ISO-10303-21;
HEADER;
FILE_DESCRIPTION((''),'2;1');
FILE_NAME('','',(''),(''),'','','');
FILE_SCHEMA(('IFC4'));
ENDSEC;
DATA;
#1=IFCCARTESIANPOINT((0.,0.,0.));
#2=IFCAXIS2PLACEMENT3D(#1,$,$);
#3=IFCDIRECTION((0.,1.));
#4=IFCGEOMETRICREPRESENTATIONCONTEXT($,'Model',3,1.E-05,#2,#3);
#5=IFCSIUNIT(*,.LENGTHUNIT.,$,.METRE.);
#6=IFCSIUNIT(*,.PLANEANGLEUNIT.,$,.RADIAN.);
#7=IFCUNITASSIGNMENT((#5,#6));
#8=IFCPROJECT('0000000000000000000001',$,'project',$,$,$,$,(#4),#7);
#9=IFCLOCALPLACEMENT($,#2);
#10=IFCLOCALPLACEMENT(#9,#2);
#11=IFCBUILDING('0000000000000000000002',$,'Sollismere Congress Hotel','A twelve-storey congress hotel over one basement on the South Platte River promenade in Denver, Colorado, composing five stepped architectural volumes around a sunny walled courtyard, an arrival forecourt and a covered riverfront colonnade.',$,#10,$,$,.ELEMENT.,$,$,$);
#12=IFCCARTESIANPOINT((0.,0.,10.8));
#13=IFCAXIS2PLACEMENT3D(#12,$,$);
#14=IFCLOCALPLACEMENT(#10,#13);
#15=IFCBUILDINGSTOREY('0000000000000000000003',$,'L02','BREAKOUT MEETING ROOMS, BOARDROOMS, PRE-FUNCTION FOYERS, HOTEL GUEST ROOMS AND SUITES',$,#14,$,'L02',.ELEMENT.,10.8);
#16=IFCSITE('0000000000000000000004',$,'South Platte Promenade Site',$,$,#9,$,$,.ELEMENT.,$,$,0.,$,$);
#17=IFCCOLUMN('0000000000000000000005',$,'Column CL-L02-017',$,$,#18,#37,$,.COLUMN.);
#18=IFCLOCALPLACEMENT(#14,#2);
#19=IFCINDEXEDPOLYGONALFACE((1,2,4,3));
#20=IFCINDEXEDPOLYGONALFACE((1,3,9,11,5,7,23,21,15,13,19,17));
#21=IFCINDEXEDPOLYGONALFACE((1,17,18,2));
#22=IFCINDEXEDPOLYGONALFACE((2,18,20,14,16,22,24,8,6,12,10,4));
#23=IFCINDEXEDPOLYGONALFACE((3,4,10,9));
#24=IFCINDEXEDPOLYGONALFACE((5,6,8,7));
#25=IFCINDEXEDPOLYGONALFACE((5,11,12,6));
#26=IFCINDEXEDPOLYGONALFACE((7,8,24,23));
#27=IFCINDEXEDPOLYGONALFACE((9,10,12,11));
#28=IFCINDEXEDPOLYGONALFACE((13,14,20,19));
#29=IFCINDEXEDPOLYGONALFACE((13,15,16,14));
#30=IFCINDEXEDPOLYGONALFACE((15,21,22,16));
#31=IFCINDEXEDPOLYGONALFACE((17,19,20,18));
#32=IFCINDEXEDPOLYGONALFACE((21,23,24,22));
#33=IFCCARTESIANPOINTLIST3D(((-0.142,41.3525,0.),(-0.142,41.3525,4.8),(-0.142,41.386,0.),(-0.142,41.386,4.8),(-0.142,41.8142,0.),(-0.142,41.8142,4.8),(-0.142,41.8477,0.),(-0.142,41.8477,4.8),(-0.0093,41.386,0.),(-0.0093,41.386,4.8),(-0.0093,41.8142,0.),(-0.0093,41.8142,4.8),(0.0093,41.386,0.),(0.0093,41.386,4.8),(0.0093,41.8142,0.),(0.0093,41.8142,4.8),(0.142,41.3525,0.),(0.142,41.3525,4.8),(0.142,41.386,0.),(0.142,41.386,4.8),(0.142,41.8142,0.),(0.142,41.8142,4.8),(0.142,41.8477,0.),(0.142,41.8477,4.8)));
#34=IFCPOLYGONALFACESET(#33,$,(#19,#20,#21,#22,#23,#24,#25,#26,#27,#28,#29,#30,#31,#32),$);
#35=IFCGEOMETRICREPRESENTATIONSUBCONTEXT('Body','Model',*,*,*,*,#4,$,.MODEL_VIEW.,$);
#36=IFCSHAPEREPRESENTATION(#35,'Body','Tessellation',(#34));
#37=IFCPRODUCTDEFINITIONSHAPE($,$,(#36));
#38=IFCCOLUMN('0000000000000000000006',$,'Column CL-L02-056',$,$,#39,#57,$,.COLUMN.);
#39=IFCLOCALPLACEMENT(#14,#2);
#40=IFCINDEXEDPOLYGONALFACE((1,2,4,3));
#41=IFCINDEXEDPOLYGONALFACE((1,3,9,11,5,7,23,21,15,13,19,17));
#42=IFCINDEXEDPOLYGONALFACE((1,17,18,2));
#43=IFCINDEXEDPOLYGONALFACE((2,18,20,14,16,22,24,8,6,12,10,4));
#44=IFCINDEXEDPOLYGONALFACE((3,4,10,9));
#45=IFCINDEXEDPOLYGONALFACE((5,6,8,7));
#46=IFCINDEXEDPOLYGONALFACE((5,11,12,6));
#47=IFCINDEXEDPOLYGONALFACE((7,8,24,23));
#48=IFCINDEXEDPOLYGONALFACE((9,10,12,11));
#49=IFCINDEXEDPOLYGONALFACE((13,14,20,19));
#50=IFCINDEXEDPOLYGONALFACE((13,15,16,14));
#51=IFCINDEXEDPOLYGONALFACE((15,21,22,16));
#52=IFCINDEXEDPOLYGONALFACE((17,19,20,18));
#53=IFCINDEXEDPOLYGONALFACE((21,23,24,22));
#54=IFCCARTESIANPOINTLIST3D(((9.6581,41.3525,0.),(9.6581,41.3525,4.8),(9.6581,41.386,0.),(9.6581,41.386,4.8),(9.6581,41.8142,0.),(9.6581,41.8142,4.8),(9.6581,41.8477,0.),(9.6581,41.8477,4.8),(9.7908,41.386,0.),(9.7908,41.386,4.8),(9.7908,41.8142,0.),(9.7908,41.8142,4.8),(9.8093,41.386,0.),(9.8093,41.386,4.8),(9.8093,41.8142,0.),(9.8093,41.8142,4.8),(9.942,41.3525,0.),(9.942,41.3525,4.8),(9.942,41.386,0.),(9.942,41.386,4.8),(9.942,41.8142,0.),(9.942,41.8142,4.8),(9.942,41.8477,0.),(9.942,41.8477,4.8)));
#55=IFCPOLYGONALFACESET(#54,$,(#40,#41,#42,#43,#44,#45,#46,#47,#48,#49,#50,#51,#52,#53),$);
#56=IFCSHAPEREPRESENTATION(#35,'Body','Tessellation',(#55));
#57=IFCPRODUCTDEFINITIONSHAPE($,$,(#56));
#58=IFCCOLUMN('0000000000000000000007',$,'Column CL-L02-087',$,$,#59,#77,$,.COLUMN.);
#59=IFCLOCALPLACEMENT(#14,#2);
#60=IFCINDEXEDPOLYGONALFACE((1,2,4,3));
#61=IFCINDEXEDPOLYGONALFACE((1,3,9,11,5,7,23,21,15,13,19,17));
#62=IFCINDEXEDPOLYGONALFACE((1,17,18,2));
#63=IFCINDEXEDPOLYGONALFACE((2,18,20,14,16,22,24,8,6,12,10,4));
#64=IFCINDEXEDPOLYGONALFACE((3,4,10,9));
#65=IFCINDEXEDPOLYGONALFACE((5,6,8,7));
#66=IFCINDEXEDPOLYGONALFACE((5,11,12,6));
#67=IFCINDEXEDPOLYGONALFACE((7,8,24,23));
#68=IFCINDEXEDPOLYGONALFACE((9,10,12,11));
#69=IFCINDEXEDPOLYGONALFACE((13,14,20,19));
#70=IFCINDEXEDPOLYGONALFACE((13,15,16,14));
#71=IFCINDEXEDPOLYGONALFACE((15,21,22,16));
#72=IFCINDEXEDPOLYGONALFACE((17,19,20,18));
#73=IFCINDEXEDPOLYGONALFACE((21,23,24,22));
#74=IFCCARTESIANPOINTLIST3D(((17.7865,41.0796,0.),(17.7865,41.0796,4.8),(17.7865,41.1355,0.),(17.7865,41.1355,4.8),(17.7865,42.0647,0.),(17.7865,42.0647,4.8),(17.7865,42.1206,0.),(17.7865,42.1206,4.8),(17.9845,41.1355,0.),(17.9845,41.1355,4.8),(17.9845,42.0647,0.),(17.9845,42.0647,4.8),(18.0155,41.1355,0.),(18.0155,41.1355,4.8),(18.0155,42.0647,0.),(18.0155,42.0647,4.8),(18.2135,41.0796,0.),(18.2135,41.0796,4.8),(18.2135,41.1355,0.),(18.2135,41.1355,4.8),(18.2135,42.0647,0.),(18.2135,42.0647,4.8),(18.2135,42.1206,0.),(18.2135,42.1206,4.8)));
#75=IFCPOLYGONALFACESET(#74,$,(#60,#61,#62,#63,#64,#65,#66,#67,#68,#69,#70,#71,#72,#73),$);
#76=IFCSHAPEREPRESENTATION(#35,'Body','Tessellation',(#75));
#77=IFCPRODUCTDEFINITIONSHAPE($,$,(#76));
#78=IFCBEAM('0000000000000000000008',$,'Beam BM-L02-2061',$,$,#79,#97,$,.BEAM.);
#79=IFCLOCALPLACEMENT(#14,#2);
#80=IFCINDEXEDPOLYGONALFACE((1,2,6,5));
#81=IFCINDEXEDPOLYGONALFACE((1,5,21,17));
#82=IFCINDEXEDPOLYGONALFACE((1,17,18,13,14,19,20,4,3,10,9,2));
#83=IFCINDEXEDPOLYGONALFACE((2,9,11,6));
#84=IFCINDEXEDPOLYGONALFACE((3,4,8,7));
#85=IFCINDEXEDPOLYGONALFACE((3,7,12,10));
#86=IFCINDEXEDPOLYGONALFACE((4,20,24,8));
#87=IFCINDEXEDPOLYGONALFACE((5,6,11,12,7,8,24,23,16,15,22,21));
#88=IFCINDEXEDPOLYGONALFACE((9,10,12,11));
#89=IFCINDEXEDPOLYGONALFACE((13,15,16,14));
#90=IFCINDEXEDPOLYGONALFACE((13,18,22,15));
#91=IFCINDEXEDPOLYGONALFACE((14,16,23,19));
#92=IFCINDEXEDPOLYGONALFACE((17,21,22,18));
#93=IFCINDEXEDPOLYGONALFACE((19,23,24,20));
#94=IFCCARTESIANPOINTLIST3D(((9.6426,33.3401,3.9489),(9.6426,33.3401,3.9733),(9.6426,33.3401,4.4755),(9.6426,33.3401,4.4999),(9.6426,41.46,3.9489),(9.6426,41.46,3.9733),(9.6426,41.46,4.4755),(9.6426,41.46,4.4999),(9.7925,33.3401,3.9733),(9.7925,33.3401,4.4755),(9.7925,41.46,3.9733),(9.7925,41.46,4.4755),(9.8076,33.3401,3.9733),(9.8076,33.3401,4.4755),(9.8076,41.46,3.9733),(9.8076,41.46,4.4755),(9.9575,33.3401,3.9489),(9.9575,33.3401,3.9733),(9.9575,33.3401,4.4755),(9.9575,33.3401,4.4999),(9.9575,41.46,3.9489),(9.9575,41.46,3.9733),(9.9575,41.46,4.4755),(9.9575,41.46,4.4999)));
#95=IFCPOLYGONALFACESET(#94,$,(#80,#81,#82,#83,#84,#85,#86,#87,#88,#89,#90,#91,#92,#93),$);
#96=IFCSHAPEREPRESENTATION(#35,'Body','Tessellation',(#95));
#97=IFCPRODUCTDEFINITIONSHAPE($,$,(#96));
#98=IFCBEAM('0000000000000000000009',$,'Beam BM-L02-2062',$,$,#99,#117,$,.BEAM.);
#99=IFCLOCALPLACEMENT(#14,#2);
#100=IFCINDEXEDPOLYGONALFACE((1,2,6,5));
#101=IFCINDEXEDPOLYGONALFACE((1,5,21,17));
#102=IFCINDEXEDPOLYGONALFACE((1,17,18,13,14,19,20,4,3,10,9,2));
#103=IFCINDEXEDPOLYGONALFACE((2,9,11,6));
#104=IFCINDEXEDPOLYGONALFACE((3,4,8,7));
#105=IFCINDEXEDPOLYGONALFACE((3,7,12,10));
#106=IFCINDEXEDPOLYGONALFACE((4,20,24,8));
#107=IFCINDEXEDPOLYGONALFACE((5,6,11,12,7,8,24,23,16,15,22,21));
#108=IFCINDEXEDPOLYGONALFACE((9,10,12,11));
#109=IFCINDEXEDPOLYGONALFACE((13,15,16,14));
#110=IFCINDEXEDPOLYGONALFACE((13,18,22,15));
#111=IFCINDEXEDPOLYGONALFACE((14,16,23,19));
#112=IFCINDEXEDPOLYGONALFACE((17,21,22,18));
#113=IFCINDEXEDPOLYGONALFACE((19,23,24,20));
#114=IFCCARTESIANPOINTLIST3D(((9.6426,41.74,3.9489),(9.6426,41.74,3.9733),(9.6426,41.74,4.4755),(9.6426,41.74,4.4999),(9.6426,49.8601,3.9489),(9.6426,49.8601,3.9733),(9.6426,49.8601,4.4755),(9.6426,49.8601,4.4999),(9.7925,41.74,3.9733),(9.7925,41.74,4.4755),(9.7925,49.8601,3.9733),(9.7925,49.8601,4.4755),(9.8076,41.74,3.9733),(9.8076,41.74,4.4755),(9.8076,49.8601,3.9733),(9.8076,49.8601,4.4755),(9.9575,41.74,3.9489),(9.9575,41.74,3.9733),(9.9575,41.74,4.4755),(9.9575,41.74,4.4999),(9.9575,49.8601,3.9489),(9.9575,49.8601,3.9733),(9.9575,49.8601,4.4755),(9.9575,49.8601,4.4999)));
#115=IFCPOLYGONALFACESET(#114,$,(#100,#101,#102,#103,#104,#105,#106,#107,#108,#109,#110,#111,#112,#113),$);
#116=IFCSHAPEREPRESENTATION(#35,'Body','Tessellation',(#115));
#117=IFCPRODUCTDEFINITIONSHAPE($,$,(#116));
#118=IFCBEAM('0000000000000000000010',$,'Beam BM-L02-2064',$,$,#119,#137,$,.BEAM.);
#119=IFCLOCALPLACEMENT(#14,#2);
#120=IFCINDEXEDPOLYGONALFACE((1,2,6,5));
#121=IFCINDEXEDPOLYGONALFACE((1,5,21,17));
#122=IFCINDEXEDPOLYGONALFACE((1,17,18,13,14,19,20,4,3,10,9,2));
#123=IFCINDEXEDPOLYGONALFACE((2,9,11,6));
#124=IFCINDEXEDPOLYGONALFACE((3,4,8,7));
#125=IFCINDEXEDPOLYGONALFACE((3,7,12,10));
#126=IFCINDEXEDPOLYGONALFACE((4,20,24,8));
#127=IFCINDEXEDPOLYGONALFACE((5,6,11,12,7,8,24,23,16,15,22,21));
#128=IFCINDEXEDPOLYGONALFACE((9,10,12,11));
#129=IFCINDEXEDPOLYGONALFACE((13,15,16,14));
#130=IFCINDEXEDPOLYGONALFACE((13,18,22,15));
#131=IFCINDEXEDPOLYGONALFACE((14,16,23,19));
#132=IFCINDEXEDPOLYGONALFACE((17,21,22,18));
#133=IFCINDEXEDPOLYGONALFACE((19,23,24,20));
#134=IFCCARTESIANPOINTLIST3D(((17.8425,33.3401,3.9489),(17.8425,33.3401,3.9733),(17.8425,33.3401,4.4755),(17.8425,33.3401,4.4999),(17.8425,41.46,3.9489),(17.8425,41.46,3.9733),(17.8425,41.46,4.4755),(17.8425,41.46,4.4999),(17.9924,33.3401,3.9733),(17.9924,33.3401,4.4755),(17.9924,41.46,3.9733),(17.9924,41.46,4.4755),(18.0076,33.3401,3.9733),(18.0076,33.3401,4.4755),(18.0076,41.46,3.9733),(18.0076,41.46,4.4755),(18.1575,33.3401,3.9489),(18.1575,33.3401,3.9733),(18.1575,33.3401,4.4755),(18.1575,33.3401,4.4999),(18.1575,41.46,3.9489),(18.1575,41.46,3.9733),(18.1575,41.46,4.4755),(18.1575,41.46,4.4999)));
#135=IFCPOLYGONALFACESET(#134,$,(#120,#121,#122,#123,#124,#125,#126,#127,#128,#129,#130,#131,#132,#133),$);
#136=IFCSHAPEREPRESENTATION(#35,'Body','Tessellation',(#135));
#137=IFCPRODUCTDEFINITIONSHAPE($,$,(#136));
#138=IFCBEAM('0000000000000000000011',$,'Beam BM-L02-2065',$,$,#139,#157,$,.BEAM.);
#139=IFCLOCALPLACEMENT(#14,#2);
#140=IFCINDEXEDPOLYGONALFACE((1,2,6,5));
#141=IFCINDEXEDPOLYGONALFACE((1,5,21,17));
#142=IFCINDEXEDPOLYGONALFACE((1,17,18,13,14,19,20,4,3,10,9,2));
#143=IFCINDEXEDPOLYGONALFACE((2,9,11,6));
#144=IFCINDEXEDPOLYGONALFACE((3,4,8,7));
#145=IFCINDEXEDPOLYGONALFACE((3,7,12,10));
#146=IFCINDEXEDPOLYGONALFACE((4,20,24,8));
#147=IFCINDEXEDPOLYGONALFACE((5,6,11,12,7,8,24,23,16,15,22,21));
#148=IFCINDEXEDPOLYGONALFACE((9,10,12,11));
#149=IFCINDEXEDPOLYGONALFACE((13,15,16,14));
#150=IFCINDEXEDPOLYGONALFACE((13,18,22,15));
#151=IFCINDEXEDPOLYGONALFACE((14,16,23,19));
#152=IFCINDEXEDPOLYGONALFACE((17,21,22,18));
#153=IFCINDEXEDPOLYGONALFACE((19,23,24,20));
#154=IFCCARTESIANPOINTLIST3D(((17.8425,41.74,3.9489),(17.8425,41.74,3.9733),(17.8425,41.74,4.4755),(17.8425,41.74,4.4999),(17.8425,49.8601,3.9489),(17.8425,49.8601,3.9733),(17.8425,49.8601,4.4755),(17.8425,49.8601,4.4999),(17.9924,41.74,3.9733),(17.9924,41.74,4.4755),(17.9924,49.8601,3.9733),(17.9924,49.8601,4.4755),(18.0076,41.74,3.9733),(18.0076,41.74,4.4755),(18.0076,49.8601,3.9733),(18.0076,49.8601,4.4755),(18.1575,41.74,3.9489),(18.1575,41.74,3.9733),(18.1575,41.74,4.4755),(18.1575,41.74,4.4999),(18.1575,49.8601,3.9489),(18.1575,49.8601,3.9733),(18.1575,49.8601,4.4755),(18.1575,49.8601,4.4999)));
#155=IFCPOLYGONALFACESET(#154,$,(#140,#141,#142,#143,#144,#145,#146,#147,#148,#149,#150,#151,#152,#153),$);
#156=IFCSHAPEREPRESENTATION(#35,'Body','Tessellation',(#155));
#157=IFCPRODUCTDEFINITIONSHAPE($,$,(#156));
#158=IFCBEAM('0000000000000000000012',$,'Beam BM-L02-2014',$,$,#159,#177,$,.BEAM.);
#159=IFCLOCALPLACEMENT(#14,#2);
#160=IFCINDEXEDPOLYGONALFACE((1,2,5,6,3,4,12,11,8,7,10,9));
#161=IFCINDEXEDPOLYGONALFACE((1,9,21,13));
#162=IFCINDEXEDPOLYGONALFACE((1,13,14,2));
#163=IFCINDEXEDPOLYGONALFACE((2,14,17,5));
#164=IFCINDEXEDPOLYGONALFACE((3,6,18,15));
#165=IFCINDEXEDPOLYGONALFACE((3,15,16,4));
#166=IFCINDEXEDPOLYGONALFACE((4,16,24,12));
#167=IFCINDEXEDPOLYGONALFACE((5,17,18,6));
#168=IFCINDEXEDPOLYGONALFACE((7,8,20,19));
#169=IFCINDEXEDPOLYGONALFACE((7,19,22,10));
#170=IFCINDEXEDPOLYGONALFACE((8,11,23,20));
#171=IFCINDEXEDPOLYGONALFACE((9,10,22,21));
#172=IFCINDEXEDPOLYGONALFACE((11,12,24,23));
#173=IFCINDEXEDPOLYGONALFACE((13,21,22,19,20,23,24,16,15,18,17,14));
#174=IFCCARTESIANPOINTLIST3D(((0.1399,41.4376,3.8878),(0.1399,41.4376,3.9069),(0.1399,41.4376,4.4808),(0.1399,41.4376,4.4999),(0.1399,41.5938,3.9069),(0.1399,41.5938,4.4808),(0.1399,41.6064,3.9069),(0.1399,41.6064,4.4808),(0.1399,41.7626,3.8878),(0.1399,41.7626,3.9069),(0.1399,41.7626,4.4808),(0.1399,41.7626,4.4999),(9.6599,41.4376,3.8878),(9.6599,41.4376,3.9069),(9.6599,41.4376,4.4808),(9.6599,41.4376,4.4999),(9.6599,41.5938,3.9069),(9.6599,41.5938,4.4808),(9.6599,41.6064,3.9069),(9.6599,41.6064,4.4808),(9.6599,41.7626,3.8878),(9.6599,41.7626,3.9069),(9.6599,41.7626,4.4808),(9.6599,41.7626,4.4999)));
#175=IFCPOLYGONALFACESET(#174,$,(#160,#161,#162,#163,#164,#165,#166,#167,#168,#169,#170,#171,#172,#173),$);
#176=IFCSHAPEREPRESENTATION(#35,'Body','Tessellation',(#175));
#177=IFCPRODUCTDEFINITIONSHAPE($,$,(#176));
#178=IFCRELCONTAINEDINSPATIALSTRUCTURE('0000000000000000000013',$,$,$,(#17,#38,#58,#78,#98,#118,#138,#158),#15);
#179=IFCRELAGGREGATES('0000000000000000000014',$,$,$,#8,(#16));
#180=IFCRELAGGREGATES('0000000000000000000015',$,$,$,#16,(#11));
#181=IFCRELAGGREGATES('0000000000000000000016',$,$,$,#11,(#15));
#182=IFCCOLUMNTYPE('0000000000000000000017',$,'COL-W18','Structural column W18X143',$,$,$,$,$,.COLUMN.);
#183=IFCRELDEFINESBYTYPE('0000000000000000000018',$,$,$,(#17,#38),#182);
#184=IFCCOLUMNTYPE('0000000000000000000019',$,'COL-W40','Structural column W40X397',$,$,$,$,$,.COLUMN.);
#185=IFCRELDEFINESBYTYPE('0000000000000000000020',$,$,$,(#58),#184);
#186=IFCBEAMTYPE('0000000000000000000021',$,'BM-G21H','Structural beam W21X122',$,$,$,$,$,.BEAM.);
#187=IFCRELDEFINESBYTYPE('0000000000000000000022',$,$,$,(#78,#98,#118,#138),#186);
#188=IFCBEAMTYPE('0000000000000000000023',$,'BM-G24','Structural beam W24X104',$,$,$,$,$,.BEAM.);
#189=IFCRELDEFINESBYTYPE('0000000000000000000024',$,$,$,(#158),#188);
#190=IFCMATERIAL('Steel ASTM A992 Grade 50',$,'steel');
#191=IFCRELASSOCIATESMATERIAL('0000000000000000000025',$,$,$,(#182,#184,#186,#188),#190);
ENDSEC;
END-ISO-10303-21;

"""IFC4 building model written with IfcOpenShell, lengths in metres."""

from ifc_helpers import new_model, si_unit, direction, frame, origin, origin_2d, place, context, subcontext, project, spatial, i_section, extrude, material, material_profile, profile_set, type_object, element, save


model = new_model("IFC4")

# Units and contexts
model_context = context("Model", 3, precision=1e-05, world=origin(), true_north=direction((0.0, 1.0)))
body_context = subcontext(model_context, "Body", "Model", "MODEL_VIEW")
ifc_project = project(units=[si_unit("LENGTHUNIT", "METRE"), si_unit("PLANEANGLEUNIT", "RADIAN")], contexts=[model_context])

# Site, building, storey
site_placement = place(None, origin())
site = spatial("IfcSite", under=ifc_project, at=site_placement, Name="South Platte Promenade Site", CompositionType="ELEMENT", RefElevation=0.0)
building_placement = place(site_placement, origin())
building = spatial("IfcBuilding", under=site, at=building_placement, Name="Sollismere Congress Hotel", Description="A twelve-storey congress hotel over one basement on the South Platte River promenade in Denver, Colorado, composing five stepped architectural volumes around a sunny walled courtyard, an arrival forecourt and a covered riverfront colonnade.", CompositionType="ELEMENT")
storey_placement = place(building_placement, frame((0.0, 0.0, 10.8)))
storey = spatial("IfcBuildingStorey", under=building, at=storey_placement, Name="L02", Description="BREAKOUT MEETING ROOMS, BOARDROOMS, PRE-FUNCTION FOYERS, HOTEL GUEST ROOMS AND SUITES", LongName="L02", CompositionType="ELEMENT", Elevation=10.8)

# Columns
ifc_material_1 = material(Name="Steel ASTM A992 Grade 50", Category="steel")
ifc_material_profile_1 = material_profile(ifc_material_1, i_section(OverallWidth=0.2839, OverallDepth=0.4951, WebThickness=0.0186, FlangeThickness=0.0334, at=origin_2d()), Name="W18X143")
ifc_profile_set_1 = profile_set([ifc_material_profile_1], Name="Steel ASTM A992 Grade 50")
column_type_1 = type_object("IfcColumnType", Name="COL-W18", Description="Structural column W18X143", PredefinedType="COLUMN", material=ifc_profile_set_1)
for number, where, z_axis, x_axis, name in (
    (1, (0.0, 41.6001, 0.0), (0.0, 0.0, 1.0), (1.0, 0.0, 0.0), "Column CL-L02-017"),
    (2, (9.8, 41.6001, 0.0), (0.0, 0.0, 1.0), (1.0, 0.0, 0.0), "Column CL-L02-056"),
):
    element("IfcColumn", number, at=place(storey_placement, frame(where, z_axis=z_axis, x_axis=x_axis)), inside=storey, type_object=column_type_1, Name=name, PredefinedType="COLUMN", context=body_context, shape_type="SweptSolid", body=[
        extrude(i_section(OverallWidth=0.2839, OverallDepth=0.4951, WebThickness=0.0186, FlangeThickness=0.0334, at=origin_2d()), origin(), (0.0, 0.0, 1.0), 4.8),
    ])
ifc_material_profile_2 = material_profile(ifc_material_1, i_section(OverallWidth=0.427, OverallDepth=1.041, WebThickness=0.031, FlangeThickness=0.0559, at=origin_2d()), Name="W40X397")
ifc_profile_set_2 = profile_set([ifc_material_profile_2], Name="Steel ASTM A992 Grade 50")
column_type_2 = type_object("IfcColumnType", Name="COL-W40", Description="Structural column W40X397", PredefinedType="COLUMN", material=ifc_profile_set_2)
column_placement = place(storey_placement, frame((18.0, 41.6001, 0.0), z_axis=(0.0, 0.0, 1.0), x_axis=(1.0, 0.0, 0.0)))
element("IfcColumn", 3, at=column_placement, inside=storey, type_object=column_type_2, Name="Column CL-L02-087", PredefinedType="COLUMN", context=body_context, shape_type="SweptSolid", body=[
    extrude(i_section(OverallWidth=0.427, OverallDepth=1.041, WebThickness=0.031, FlangeThickness=0.0559, at=origin_2d()), origin(), (0.0, 0.0, 1.0), 4.8),
])

# Beams
ifc_material_profile_3 = material_profile(ifc_material_1, i_section(OverallWidth=0.3149, OverallDepth=0.551, WebThickness=0.0151, FlangeThickness=0.0244, at=origin_2d()), Name="W21X122")
ifc_profile_set_3 = profile_set([ifc_material_profile_3], Name="Steel ASTM A992 Grade 50")
beam_type_1 = type_object("IfcBeamType", Name="BM-G21H", Description="Structural beam W21X122", PredefinedType="BEAM", material=ifc_profile_set_3)
beam_1_placement = place(storey_placement, frame((9.8, 33.3401, 4.2244), z_axis=(0.0, 1.0, 0.0), x_axis=(-1.0, 0.0, 0.0)))
element("IfcBeam", 4, at=beam_1_placement, inside=storey, type_object=beam_type_1, Name="Beam BM-L02-2061", PredefinedType="BEAM", context=body_context, shape_type="SweptSolid", body=[
    extrude(i_section(OverallWidth=0.3149, OverallDepth=0.551, WebThickness=0.0151, FlangeThickness=0.0244, at=origin_2d()), origin(), (0.0, 0.0, 1.0), 8.1199),
])
beam_2_placement = place(storey_placement, frame((9.8, 41.74, 4.2244), z_axis=(0.0, 1.0, 0.0), x_axis=(-1.0, 0.0, 0.0)))
element("IfcBeam", 5, at=beam_2_placement, inside=storey, type_object=beam_type_1, Name="Beam BM-L02-2062", PredefinedType="BEAM", context=body_context, shape_type="SweptSolid", body=[
    extrude(i_section(OverallWidth=0.3149, OverallDepth=0.551, WebThickness=0.0151, FlangeThickness=0.0244, at=origin_2d()), origin(), (0.0, 0.0, 1.0), 8.1201),
])
beam_3_placement = place(storey_placement, frame((18.0, 33.3401, 4.2244), z_axis=(0.0, 1.0, 0.0), x_axis=(-1.0, 0.0, 0.0)))
element("IfcBeam", 6, at=beam_3_placement, inside=storey, type_object=beam_type_1, Name="Beam BM-L02-2064", PredefinedType="BEAM", context=body_context, shape_type="SweptSolid", body=[
    extrude(i_section(OverallWidth=0.3149, OverallDepth=0.551, WebThickness=0.0151, FlangeThickness=0.0244, at=origin_2d()), origin(), (0.0, 0.0, 1.0), 8.1199),
])
beam_4_placement = place(storey_placement, frame((18.0, 41.74, 4.2244), z_axis=(0.0, 1.0, 0.0), x_axis=(-1.0, 0.0, 0.0)))
element("IfcBeam", 7, at=beam_4_placement, inside=storey, type_object=beam_type_1, Name="Beam BM-L02-2065", PredefinedType="BEAM", context=body_context, shape_type="SweptSolid", body=[
    extrude(i_section(OverallWidth=0.3149, OverallDepth=0.551, WebThickness=0.0151, FlangeThickness=0.0244, at=origin_2d()), origin(), (0.0, 0.0, 1.0), 8.1201),
])
ifc_material_profile_4 = material_profile(ifc_material_1, i_section(OverallWidth=0.325, OverallDepth=0.6121, WebThickness=0.0127, FlangeThickness=0.019, at=origin_2d()), Name="W24X104")
ifc_profile_set_4 = profile_set([ifc_material_profile_4], Name="Steel ASTM A992 Grade 50")
beam_type_2 = type_object("IfcBeamType", Name="BM-G24", Description="Structural beam W24X104", PredefinedType="BEAM", material=ifc_profile_set_4)
beam_5_placement = place(storey_placement, frame((0.1399, 41.6001, 4.1938), z_axis=(1.0, 0.0, 0.0), x_axis=(0.0, 1.0, 0.0)))
element("IfcBeam", 8, at=beam_5_placement, inside=storey, type_object=beam_type_2, Name="Beam BM-L02-2014", PredefinedType="BEAM", context=body_context, shape_type="SweptSolid", body=[
    extrude(i_section(OverallWidth=0.325, OverallDepth=0.6121, WebThickness=0.0127, FlangeThickness=0.019, at=origin_2d()), origin(), (0.0, 0.0, 1.0), 9.52),
])

save(model, "model.ifc")
